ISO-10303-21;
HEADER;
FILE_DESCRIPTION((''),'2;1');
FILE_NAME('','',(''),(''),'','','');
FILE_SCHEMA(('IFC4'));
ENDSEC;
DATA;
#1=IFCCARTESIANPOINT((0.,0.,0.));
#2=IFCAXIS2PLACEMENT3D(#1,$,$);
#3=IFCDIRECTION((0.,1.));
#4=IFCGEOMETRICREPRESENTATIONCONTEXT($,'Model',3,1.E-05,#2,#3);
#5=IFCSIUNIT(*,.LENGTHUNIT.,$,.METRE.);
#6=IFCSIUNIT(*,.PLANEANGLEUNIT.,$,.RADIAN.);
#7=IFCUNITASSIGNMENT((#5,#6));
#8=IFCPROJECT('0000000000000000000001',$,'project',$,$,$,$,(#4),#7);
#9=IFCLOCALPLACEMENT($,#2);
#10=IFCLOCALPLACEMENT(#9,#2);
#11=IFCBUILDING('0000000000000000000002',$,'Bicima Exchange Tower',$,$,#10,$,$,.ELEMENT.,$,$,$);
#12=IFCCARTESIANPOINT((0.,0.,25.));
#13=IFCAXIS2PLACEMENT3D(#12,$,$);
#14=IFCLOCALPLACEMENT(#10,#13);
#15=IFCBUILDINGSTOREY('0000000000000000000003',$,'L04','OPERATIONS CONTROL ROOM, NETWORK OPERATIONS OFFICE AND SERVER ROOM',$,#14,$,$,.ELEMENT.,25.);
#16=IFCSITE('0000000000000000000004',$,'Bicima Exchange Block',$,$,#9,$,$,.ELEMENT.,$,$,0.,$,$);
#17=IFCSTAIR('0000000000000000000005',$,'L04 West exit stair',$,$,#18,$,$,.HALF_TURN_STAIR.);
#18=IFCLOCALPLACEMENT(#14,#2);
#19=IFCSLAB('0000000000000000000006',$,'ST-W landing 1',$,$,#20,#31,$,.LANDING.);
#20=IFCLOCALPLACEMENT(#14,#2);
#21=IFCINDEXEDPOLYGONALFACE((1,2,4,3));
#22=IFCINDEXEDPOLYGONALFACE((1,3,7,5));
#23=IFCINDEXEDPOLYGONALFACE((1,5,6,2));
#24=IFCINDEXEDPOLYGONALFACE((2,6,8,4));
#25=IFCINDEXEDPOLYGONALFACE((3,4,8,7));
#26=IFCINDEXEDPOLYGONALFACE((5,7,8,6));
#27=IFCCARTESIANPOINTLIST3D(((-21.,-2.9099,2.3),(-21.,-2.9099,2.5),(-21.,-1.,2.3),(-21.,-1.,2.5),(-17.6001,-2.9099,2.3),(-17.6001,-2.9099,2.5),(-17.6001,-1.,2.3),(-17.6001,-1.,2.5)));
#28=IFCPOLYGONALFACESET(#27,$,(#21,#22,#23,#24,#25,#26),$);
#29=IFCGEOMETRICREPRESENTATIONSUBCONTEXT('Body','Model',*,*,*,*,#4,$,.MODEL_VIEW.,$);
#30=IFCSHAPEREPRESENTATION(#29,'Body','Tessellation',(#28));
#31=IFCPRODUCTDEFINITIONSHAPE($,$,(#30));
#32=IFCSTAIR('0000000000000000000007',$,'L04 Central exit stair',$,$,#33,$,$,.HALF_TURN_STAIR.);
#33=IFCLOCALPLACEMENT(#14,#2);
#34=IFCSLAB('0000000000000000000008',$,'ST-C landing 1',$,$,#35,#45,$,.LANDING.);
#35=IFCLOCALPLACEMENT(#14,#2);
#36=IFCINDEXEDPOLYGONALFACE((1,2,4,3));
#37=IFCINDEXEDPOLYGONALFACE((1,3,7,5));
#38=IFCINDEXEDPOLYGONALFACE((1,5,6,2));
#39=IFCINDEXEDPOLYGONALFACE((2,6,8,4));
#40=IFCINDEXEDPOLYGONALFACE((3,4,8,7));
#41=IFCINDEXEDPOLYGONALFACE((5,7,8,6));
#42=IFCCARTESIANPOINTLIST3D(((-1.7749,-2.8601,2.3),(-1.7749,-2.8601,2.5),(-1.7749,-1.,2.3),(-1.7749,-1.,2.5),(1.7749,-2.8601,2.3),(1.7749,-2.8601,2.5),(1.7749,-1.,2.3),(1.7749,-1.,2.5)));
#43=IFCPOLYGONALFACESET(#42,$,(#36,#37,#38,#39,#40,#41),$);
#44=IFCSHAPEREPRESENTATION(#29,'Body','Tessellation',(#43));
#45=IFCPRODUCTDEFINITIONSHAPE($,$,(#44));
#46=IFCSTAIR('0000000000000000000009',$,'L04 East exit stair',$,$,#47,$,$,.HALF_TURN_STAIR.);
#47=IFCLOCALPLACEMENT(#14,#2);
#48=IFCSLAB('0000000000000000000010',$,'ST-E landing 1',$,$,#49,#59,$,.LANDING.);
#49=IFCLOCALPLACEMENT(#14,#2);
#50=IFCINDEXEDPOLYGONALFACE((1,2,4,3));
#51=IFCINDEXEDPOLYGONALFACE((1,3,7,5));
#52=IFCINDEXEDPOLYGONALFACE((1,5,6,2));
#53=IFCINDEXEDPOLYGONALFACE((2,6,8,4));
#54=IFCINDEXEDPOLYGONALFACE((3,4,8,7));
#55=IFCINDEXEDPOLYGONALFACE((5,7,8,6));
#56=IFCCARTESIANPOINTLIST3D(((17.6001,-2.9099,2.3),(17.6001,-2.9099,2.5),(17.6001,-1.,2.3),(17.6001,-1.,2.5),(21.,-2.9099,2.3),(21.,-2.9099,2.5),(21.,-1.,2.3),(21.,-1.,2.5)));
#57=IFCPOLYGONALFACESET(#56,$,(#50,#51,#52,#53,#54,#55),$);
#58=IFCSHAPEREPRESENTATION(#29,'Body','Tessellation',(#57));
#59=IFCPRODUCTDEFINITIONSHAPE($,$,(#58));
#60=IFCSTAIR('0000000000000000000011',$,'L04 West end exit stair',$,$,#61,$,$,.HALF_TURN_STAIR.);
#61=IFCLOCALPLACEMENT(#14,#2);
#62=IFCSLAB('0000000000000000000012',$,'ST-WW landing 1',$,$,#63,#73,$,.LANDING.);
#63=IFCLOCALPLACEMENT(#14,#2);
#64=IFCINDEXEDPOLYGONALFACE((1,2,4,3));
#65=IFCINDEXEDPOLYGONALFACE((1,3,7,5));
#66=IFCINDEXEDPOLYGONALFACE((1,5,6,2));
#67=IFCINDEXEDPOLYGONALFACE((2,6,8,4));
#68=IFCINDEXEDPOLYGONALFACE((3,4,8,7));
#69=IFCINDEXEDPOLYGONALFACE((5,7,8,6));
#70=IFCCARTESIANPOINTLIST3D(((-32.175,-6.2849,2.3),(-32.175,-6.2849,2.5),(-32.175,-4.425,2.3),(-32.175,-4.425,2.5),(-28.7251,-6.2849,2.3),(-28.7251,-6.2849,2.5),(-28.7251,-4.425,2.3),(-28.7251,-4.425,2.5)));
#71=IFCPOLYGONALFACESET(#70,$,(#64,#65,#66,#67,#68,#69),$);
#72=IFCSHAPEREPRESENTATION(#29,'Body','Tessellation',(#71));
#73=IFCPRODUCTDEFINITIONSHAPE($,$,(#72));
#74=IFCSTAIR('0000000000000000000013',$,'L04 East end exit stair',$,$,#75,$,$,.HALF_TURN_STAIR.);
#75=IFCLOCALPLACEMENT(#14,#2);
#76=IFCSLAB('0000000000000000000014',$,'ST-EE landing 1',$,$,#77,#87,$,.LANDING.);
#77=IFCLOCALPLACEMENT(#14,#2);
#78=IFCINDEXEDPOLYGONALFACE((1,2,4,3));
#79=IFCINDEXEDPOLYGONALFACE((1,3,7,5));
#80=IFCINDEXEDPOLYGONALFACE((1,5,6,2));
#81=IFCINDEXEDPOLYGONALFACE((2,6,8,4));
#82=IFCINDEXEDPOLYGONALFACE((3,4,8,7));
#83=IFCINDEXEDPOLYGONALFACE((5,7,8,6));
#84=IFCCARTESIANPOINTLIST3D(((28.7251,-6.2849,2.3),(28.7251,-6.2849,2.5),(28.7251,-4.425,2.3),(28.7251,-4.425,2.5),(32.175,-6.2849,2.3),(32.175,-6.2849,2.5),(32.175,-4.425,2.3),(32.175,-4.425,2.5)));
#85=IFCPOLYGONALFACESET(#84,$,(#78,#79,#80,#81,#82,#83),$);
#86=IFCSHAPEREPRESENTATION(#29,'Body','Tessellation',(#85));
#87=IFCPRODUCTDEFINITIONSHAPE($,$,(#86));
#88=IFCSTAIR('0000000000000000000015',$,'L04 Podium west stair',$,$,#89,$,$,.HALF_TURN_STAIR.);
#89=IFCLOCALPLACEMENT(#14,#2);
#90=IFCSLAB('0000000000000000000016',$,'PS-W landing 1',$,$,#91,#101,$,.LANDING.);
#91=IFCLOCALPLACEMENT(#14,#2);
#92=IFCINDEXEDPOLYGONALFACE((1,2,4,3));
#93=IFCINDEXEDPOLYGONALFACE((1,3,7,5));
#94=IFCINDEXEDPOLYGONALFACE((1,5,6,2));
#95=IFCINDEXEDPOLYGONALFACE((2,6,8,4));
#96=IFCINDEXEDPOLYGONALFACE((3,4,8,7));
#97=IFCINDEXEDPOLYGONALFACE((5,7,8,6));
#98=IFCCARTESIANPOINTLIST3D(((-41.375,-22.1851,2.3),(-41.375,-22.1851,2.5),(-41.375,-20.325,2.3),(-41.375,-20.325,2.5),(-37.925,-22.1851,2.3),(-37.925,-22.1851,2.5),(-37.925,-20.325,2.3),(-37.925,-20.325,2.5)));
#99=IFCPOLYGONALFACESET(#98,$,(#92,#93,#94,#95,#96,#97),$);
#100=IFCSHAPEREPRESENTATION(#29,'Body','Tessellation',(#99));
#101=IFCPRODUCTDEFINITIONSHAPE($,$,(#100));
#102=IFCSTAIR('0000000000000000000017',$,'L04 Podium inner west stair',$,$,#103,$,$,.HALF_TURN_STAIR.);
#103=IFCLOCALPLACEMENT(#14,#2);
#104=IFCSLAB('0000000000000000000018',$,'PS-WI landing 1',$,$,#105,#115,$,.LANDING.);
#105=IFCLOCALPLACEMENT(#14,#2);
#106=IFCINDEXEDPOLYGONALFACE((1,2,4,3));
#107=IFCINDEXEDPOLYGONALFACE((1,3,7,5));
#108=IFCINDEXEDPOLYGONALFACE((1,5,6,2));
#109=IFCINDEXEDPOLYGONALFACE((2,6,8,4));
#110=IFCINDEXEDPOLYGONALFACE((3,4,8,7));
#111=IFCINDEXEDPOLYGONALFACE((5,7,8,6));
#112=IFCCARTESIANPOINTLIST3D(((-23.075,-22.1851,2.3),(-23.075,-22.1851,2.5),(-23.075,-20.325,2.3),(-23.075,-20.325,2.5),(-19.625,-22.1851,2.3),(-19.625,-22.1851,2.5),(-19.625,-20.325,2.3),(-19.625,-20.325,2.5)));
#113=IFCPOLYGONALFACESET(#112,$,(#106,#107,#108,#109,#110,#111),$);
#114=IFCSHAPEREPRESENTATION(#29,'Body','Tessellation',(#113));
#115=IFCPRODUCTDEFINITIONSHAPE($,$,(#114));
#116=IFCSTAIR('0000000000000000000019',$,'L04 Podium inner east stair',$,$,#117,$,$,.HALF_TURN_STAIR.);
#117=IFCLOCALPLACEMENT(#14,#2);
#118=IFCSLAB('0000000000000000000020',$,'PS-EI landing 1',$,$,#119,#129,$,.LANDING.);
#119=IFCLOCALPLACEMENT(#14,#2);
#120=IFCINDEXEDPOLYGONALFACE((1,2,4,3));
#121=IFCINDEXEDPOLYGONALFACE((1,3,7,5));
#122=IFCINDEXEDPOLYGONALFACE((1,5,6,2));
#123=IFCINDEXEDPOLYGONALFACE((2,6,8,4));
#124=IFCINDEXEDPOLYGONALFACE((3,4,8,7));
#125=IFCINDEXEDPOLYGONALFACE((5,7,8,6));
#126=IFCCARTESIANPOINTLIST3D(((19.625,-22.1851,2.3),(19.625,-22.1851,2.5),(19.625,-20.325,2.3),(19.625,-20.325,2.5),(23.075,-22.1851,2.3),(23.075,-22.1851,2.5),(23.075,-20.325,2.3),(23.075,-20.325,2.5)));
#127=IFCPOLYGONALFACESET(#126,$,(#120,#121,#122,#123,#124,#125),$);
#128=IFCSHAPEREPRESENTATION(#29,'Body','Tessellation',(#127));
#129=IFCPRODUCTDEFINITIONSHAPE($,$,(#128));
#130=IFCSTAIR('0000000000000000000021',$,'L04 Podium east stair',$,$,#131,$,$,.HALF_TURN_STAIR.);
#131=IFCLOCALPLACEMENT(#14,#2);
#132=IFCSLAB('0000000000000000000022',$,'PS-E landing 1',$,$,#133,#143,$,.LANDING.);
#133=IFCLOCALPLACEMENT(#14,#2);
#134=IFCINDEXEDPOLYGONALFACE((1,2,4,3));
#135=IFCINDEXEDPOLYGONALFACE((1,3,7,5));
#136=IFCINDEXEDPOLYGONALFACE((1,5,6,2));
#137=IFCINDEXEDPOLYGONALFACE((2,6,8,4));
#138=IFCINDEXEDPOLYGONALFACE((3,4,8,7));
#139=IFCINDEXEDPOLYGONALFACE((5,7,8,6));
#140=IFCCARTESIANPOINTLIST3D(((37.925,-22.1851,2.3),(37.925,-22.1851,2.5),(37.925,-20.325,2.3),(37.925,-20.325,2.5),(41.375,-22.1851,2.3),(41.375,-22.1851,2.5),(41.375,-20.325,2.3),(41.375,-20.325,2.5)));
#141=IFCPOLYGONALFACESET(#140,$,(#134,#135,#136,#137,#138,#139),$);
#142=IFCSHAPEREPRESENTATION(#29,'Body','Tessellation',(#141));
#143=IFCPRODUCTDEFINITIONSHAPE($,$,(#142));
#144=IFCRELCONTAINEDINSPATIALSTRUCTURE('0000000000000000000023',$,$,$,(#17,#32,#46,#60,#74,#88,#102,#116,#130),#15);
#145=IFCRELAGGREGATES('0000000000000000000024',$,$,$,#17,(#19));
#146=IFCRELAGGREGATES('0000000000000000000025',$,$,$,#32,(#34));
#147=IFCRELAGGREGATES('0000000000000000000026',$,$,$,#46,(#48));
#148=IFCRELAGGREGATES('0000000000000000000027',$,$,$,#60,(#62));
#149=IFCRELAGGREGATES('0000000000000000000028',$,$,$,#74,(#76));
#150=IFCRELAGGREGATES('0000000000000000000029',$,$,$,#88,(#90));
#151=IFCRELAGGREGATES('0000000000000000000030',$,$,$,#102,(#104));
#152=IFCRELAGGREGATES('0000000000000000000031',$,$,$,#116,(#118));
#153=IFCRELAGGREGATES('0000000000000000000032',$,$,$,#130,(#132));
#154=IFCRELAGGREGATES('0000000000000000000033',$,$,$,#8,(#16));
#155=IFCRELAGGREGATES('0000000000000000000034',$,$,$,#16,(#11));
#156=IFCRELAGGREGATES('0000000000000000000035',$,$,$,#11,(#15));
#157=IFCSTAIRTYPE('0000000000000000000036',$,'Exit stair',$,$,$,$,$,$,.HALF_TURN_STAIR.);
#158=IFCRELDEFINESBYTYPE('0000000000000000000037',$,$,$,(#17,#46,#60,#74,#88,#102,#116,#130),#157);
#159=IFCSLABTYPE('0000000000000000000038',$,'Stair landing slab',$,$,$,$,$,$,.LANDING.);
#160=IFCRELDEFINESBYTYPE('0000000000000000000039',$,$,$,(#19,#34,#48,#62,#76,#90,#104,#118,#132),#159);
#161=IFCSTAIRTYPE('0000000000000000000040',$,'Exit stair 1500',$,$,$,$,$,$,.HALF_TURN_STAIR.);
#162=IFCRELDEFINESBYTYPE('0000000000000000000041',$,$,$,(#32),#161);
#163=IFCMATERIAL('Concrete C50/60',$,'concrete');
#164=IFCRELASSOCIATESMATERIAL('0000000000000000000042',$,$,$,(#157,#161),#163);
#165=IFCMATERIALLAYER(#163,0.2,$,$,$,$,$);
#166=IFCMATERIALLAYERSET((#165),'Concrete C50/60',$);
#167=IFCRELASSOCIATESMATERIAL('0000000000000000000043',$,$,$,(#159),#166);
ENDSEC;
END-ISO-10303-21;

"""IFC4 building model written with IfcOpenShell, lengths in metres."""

from ifc_helpers import new_model, si_unit, direction, frame, origin, place, context, subcontext, project, spatial, polyline, outline, extrude, material, layer, layer_set, type_object, element, aggregate, save


model = new_model("IFC4")

# Units and contexts
model_context = context("Model", 3, precision=1e-05, world=origin(), true_north=direction((0.0, 1.0)))
body_context = subcontext(model_context, "Body", "Model", "MODEL_VIEW")
ifc_project = project(units=[si_unit("LENGTHUNIT", "METRE"), si_unit("PLANEANGLEUNIT", "RADIAN")], contexts=[model_context])

# Site, building, storey
site_placement = place(None, origin())
site = spatial("IfcSite", under=ifc_project, at=site_placement, Name="Bicima Exchange Block", CompositionType="ELEMENT", RefElevation=0.0)
building_placement = place(site_placement, origin())
building = spatial("IfcBuilding", under=site, at=building_placement, Name="Bicima Exchange Tower", CompositionType="ELEMENT")
storey_placement = place(building_placement, frame((0.0, 0.0, 25.0)))
storey = spatial("IfcBuildingStorey", under=building, at=storey_placement, Name="L04", Description="OPERATIONS CONTROL ROOM, NETWORK OPERATIONS OFFICE AND SERVER ROOM", CompositionType="ELEMENT", Elevation=25.0)

# Stairs, slabs
ifc_material_1 = material(Name="Concrete C50/60", Category="concrete")
stair_type_1 = type_object("IfcStairType", Name="Exit stair", PredefinedType="HALF_TURN_STAIR", material=ifc_material_1)
stair_1_placement = place(storey_placement, origin())
stair_1 = element("IfcStair", 1, at=stair_1_placement, inside=storey, type_object=stair_type_1, Name="L04 West exit stair", PredefinedType="HALF_TURN_STAIR")
ifc_layer_1 = layer(ifc_material_1, 0.2)
ifc_layer_set_1 = layer_set([ifc_layer_1], Name="Concrete C50/60")
slab_type = type_object("IfcSlabType", Name="Stair landing slab", PredefinedType="LANDING", material=ifc_layer_set_1)
slab_1_placement = place(storey_placement, frame((0.0, 0.0, 2.3)))
slab_1 = element("IfcSlab", 2, at=slab_1_placement, type_object=slab_type, Name="ST-W landing 1", PredefinedType="LANDING", context=body_context, shape_type="SweptSolid", body=[
    extrude(outline(polyline([(-17.6001, -2.9099), (-17.6001, -1.0), (-21.0, -1.0), (-21.0, -2.9099), (-17.6001, -2.9099)])), origin(), (0.0, 0.0, 1.0), 0.2),
])
aggregate(stair_1, [slab_1])
stair_type_2 = type_object("IfcStairType", Name="Exit stair 1500", PredefinedType="HALF_TURN_STAIR", material=ifc_material_1)
stair_2_placement = place(storey_placement, origin())
stair_2 = element("IfcStair", 3, at=stair_2_placement, inside=storey, type_object=stair_type_2, Name="L04 Central exit stair", PredefinedType="HALF_TURN_STAIR")
slab_2_placement = place(storey_placement, frame((0.0, 0.0, 2.3)))
slab_2 = element("IfcSlab", 4, at=slab_2_placement, type_object=slab_type, Name="ST-C landing 1", PredefinedType="LANDING", context=body_context, shape_type="SweptSolid", body=[
    extrude(outline(polyline([(1.7749, -2.8601), (1.7749, -1.0), (-1.7749, -1.0), (-1.7749, -2.8601), (1.7749, -2.8601)])), origin(), (0.0, 0.0, 1.0), 0.2),
])
aggregate(stair_2, [slab_2])
stair_3_placement = place(storey_placement, origin())
stair_3 = element("IfcStair", 5, at=stair_3_placement, inside=storey, type_object=stair_type_1, Name="L04 East exit stair", PredefinedType="HALF_TURN_STAIR")
slab_3_placement = place(storey_placement, frame((0.0, 0.0, 2.3)))
slab_3 = element("IfcSlab", 6, at=slab_3_placement, type_object=slab_type, Name="ST-E landing 1", PredefinedType="LANDING", context=body_context, shape_type="SweptSolid", body=[
    extrude(outline(polyline([(21.0, -2.9099), (21.0, -1.0), (17.6001, -1.0), (17.6001, -2.9099), (21.0, -2.9099)])), origin(), (0.0, 0.0, 1.0), 0.2),
])
aggregate(stair_3, [slab_3])
stair_4_placement = place(storey_placement, origin())
stair_4 = element("IfcStair", 7, at=stair_4_placement, inside=storey, type_object=stair_type_1, Name="L04 West end exit stair", PredefinedType="HALF_TURN_STAIR")
slab_4_placement = place(storey_placement, frame((0.0, 0.0, 2.3)))
slab_4 = element("IfcSlab", 8, at=slab_4_placement, type_object=slab_type, Name="ST-WW landing 1", PredefinedType="LANDING", context=body_context, shape_type="SweptSolid", body=[
    extrude(outline(polyline([(-28.7251, -6.2849), (-28.7251, -4.425), (-32.175, -4.425), (-32.175, -6.2849), (-28.7251, -6.2849)])), origin(), (0.0, 0.0, 1.0), 0.2),
])
aggregate(stair_4, [slab_4])
stair_5_placement = place(storey_placement, origin())
stair_5 = element("IfcStair", 9, at=stair_5_placement, inside=storey, type_object=stair_type_1, Name="L04 East end exit stair", PredefinedType="HALF_TURN_STAIR")
slab_5_placement = place(storey_placement, frame((0.0, 0.0, 2.3)))
slab_5 = element("IfcSlab", 10, at=slab_5_placement, type_object=slab_type, Name="ST-EE landing 1", PredefinedType="LANDING", context=body_context, shape_type="SweptSolid", body=[
    extrude(outline(polyline([(32.175, -6.2849), (32.175, -4.425), (28.7251, -4.425), (28.7251, -6.2849), (32.175, -6.2849)])), origin(), (0.0, 0.0, 1.0), 0.2),
])
aggregate(stair_5, [slab_5])
stair_6_placement = place(storey_placement, origin())
stair_6 = element("IfcStair", 11, at=stair_6_placement, inside=storey, type_object=stair_type_1, Name="L04 Podium west stair", PredefinedType="HALF_TURN_STAIR")
slab_6_placement = place(storey_placement, frame((0.0, 0.0, 2.3)))
slab_6 = element("IfcSlab", 12, at=slab_6_placement, type_object=slab_type, Name="PS-W landing 1", PredefinedType="LANDING", context=body_context, shape_type="SweptSolid", body=[
    extrude(outline(polyline([(-37.925, -22.1851), (-37.925, -20.325), (-41.375, -20.325), (-41.375, -22.1851), (-37.925, -22.1851)])), origin(), (0.0, 0.0, 1.0), 0.2),
])
aggregate(stair_6, [slab_6])
stair_7_placement = place(storey_placement, origin())
stair_7 = element("IfcStair", 13, at=stair_7_placement, inside=storey, type_object=stair_type_1, Name="L04 Podium inner west stair", PredefinedType="HALF_TURN_STAIR")
slab_7_placement = place(storey_placement, frame((0.0, 0.0, 2.3)))
slab_7 = element("IfcSlab", 14, at=slab_7_placement, type_object=slab_type, Name="PS-WI landing 1", PredefinedType="LANDING", context=body_context, shape_type="SweptSolid", body=[
    extrude(outline(polyline([(-19.625, -22.1851), (-19.625, -20.325), (-23.075, -20.325), (-23.075, -22.1851), (-19.625, -22.1851)])), origin(), (0.0, 0.0, 1.0), 0.2),
])
aggregate(stair_7, [slab_7])
stair_8_placement = place(storey_placement, origin())
stair_8 = element("IfcStair", 15, at=stair_8_placement, inside=storey, type_object=stair_type_1, Name="L04 Podium inner east stair", PredefinedType="HALF_TURN_STAIR")
slab_8_placement = place(storey_placement, frame((0.0, 0.0, 2.3)))
slab_8 = element("IfcSlab", 16, at=slab_8_placement, type_object=slab_type, Name="PS-EI landing 1", PredefinedType="LANDING", context=body_context, shape_type="SweptSolid", body=[
    extrude(outline(polyline([(23.075, -22.1851), (23.075, -20.325), (19.625, -20.325), (19.625, -22.1851), (23.075, -22.1851)])), origin(), (0.0, 0.0, 1.0), 0.2),
])
aggregate(stair_8, [slab_8])
stair_9_placement = place(storey_placement, origin())
stair_9 = element("IfcStair", 17, at=stair_9_placement, inside=storey, type_object=stair_type_1, Name="L04 Podium east stair", PredefinedType="HALF_TURN_STAIR")
slab_9_placement = place(storey_placement, frame((0.0, 0.0, 2.3)))
slab_9 = element("IfcSlab", 18, at=slab_9_placement, type_object=slab_type, Name="PS-E landing 1", PredefinedType="LANDING", context=body_context, shape_type="SweptSolid", body=[
    extrude(outline(polyline([(41.375, -22.1851), (41.375, -20.325), (37.925, -20.325), (37.925, -22.1851), (41.375, -22.1851)])), origin(), (0.0, 0.0, 1.0), 0.2),
])
aggregate(stair_9, [slab_9])

save(model, "model.ifc")
